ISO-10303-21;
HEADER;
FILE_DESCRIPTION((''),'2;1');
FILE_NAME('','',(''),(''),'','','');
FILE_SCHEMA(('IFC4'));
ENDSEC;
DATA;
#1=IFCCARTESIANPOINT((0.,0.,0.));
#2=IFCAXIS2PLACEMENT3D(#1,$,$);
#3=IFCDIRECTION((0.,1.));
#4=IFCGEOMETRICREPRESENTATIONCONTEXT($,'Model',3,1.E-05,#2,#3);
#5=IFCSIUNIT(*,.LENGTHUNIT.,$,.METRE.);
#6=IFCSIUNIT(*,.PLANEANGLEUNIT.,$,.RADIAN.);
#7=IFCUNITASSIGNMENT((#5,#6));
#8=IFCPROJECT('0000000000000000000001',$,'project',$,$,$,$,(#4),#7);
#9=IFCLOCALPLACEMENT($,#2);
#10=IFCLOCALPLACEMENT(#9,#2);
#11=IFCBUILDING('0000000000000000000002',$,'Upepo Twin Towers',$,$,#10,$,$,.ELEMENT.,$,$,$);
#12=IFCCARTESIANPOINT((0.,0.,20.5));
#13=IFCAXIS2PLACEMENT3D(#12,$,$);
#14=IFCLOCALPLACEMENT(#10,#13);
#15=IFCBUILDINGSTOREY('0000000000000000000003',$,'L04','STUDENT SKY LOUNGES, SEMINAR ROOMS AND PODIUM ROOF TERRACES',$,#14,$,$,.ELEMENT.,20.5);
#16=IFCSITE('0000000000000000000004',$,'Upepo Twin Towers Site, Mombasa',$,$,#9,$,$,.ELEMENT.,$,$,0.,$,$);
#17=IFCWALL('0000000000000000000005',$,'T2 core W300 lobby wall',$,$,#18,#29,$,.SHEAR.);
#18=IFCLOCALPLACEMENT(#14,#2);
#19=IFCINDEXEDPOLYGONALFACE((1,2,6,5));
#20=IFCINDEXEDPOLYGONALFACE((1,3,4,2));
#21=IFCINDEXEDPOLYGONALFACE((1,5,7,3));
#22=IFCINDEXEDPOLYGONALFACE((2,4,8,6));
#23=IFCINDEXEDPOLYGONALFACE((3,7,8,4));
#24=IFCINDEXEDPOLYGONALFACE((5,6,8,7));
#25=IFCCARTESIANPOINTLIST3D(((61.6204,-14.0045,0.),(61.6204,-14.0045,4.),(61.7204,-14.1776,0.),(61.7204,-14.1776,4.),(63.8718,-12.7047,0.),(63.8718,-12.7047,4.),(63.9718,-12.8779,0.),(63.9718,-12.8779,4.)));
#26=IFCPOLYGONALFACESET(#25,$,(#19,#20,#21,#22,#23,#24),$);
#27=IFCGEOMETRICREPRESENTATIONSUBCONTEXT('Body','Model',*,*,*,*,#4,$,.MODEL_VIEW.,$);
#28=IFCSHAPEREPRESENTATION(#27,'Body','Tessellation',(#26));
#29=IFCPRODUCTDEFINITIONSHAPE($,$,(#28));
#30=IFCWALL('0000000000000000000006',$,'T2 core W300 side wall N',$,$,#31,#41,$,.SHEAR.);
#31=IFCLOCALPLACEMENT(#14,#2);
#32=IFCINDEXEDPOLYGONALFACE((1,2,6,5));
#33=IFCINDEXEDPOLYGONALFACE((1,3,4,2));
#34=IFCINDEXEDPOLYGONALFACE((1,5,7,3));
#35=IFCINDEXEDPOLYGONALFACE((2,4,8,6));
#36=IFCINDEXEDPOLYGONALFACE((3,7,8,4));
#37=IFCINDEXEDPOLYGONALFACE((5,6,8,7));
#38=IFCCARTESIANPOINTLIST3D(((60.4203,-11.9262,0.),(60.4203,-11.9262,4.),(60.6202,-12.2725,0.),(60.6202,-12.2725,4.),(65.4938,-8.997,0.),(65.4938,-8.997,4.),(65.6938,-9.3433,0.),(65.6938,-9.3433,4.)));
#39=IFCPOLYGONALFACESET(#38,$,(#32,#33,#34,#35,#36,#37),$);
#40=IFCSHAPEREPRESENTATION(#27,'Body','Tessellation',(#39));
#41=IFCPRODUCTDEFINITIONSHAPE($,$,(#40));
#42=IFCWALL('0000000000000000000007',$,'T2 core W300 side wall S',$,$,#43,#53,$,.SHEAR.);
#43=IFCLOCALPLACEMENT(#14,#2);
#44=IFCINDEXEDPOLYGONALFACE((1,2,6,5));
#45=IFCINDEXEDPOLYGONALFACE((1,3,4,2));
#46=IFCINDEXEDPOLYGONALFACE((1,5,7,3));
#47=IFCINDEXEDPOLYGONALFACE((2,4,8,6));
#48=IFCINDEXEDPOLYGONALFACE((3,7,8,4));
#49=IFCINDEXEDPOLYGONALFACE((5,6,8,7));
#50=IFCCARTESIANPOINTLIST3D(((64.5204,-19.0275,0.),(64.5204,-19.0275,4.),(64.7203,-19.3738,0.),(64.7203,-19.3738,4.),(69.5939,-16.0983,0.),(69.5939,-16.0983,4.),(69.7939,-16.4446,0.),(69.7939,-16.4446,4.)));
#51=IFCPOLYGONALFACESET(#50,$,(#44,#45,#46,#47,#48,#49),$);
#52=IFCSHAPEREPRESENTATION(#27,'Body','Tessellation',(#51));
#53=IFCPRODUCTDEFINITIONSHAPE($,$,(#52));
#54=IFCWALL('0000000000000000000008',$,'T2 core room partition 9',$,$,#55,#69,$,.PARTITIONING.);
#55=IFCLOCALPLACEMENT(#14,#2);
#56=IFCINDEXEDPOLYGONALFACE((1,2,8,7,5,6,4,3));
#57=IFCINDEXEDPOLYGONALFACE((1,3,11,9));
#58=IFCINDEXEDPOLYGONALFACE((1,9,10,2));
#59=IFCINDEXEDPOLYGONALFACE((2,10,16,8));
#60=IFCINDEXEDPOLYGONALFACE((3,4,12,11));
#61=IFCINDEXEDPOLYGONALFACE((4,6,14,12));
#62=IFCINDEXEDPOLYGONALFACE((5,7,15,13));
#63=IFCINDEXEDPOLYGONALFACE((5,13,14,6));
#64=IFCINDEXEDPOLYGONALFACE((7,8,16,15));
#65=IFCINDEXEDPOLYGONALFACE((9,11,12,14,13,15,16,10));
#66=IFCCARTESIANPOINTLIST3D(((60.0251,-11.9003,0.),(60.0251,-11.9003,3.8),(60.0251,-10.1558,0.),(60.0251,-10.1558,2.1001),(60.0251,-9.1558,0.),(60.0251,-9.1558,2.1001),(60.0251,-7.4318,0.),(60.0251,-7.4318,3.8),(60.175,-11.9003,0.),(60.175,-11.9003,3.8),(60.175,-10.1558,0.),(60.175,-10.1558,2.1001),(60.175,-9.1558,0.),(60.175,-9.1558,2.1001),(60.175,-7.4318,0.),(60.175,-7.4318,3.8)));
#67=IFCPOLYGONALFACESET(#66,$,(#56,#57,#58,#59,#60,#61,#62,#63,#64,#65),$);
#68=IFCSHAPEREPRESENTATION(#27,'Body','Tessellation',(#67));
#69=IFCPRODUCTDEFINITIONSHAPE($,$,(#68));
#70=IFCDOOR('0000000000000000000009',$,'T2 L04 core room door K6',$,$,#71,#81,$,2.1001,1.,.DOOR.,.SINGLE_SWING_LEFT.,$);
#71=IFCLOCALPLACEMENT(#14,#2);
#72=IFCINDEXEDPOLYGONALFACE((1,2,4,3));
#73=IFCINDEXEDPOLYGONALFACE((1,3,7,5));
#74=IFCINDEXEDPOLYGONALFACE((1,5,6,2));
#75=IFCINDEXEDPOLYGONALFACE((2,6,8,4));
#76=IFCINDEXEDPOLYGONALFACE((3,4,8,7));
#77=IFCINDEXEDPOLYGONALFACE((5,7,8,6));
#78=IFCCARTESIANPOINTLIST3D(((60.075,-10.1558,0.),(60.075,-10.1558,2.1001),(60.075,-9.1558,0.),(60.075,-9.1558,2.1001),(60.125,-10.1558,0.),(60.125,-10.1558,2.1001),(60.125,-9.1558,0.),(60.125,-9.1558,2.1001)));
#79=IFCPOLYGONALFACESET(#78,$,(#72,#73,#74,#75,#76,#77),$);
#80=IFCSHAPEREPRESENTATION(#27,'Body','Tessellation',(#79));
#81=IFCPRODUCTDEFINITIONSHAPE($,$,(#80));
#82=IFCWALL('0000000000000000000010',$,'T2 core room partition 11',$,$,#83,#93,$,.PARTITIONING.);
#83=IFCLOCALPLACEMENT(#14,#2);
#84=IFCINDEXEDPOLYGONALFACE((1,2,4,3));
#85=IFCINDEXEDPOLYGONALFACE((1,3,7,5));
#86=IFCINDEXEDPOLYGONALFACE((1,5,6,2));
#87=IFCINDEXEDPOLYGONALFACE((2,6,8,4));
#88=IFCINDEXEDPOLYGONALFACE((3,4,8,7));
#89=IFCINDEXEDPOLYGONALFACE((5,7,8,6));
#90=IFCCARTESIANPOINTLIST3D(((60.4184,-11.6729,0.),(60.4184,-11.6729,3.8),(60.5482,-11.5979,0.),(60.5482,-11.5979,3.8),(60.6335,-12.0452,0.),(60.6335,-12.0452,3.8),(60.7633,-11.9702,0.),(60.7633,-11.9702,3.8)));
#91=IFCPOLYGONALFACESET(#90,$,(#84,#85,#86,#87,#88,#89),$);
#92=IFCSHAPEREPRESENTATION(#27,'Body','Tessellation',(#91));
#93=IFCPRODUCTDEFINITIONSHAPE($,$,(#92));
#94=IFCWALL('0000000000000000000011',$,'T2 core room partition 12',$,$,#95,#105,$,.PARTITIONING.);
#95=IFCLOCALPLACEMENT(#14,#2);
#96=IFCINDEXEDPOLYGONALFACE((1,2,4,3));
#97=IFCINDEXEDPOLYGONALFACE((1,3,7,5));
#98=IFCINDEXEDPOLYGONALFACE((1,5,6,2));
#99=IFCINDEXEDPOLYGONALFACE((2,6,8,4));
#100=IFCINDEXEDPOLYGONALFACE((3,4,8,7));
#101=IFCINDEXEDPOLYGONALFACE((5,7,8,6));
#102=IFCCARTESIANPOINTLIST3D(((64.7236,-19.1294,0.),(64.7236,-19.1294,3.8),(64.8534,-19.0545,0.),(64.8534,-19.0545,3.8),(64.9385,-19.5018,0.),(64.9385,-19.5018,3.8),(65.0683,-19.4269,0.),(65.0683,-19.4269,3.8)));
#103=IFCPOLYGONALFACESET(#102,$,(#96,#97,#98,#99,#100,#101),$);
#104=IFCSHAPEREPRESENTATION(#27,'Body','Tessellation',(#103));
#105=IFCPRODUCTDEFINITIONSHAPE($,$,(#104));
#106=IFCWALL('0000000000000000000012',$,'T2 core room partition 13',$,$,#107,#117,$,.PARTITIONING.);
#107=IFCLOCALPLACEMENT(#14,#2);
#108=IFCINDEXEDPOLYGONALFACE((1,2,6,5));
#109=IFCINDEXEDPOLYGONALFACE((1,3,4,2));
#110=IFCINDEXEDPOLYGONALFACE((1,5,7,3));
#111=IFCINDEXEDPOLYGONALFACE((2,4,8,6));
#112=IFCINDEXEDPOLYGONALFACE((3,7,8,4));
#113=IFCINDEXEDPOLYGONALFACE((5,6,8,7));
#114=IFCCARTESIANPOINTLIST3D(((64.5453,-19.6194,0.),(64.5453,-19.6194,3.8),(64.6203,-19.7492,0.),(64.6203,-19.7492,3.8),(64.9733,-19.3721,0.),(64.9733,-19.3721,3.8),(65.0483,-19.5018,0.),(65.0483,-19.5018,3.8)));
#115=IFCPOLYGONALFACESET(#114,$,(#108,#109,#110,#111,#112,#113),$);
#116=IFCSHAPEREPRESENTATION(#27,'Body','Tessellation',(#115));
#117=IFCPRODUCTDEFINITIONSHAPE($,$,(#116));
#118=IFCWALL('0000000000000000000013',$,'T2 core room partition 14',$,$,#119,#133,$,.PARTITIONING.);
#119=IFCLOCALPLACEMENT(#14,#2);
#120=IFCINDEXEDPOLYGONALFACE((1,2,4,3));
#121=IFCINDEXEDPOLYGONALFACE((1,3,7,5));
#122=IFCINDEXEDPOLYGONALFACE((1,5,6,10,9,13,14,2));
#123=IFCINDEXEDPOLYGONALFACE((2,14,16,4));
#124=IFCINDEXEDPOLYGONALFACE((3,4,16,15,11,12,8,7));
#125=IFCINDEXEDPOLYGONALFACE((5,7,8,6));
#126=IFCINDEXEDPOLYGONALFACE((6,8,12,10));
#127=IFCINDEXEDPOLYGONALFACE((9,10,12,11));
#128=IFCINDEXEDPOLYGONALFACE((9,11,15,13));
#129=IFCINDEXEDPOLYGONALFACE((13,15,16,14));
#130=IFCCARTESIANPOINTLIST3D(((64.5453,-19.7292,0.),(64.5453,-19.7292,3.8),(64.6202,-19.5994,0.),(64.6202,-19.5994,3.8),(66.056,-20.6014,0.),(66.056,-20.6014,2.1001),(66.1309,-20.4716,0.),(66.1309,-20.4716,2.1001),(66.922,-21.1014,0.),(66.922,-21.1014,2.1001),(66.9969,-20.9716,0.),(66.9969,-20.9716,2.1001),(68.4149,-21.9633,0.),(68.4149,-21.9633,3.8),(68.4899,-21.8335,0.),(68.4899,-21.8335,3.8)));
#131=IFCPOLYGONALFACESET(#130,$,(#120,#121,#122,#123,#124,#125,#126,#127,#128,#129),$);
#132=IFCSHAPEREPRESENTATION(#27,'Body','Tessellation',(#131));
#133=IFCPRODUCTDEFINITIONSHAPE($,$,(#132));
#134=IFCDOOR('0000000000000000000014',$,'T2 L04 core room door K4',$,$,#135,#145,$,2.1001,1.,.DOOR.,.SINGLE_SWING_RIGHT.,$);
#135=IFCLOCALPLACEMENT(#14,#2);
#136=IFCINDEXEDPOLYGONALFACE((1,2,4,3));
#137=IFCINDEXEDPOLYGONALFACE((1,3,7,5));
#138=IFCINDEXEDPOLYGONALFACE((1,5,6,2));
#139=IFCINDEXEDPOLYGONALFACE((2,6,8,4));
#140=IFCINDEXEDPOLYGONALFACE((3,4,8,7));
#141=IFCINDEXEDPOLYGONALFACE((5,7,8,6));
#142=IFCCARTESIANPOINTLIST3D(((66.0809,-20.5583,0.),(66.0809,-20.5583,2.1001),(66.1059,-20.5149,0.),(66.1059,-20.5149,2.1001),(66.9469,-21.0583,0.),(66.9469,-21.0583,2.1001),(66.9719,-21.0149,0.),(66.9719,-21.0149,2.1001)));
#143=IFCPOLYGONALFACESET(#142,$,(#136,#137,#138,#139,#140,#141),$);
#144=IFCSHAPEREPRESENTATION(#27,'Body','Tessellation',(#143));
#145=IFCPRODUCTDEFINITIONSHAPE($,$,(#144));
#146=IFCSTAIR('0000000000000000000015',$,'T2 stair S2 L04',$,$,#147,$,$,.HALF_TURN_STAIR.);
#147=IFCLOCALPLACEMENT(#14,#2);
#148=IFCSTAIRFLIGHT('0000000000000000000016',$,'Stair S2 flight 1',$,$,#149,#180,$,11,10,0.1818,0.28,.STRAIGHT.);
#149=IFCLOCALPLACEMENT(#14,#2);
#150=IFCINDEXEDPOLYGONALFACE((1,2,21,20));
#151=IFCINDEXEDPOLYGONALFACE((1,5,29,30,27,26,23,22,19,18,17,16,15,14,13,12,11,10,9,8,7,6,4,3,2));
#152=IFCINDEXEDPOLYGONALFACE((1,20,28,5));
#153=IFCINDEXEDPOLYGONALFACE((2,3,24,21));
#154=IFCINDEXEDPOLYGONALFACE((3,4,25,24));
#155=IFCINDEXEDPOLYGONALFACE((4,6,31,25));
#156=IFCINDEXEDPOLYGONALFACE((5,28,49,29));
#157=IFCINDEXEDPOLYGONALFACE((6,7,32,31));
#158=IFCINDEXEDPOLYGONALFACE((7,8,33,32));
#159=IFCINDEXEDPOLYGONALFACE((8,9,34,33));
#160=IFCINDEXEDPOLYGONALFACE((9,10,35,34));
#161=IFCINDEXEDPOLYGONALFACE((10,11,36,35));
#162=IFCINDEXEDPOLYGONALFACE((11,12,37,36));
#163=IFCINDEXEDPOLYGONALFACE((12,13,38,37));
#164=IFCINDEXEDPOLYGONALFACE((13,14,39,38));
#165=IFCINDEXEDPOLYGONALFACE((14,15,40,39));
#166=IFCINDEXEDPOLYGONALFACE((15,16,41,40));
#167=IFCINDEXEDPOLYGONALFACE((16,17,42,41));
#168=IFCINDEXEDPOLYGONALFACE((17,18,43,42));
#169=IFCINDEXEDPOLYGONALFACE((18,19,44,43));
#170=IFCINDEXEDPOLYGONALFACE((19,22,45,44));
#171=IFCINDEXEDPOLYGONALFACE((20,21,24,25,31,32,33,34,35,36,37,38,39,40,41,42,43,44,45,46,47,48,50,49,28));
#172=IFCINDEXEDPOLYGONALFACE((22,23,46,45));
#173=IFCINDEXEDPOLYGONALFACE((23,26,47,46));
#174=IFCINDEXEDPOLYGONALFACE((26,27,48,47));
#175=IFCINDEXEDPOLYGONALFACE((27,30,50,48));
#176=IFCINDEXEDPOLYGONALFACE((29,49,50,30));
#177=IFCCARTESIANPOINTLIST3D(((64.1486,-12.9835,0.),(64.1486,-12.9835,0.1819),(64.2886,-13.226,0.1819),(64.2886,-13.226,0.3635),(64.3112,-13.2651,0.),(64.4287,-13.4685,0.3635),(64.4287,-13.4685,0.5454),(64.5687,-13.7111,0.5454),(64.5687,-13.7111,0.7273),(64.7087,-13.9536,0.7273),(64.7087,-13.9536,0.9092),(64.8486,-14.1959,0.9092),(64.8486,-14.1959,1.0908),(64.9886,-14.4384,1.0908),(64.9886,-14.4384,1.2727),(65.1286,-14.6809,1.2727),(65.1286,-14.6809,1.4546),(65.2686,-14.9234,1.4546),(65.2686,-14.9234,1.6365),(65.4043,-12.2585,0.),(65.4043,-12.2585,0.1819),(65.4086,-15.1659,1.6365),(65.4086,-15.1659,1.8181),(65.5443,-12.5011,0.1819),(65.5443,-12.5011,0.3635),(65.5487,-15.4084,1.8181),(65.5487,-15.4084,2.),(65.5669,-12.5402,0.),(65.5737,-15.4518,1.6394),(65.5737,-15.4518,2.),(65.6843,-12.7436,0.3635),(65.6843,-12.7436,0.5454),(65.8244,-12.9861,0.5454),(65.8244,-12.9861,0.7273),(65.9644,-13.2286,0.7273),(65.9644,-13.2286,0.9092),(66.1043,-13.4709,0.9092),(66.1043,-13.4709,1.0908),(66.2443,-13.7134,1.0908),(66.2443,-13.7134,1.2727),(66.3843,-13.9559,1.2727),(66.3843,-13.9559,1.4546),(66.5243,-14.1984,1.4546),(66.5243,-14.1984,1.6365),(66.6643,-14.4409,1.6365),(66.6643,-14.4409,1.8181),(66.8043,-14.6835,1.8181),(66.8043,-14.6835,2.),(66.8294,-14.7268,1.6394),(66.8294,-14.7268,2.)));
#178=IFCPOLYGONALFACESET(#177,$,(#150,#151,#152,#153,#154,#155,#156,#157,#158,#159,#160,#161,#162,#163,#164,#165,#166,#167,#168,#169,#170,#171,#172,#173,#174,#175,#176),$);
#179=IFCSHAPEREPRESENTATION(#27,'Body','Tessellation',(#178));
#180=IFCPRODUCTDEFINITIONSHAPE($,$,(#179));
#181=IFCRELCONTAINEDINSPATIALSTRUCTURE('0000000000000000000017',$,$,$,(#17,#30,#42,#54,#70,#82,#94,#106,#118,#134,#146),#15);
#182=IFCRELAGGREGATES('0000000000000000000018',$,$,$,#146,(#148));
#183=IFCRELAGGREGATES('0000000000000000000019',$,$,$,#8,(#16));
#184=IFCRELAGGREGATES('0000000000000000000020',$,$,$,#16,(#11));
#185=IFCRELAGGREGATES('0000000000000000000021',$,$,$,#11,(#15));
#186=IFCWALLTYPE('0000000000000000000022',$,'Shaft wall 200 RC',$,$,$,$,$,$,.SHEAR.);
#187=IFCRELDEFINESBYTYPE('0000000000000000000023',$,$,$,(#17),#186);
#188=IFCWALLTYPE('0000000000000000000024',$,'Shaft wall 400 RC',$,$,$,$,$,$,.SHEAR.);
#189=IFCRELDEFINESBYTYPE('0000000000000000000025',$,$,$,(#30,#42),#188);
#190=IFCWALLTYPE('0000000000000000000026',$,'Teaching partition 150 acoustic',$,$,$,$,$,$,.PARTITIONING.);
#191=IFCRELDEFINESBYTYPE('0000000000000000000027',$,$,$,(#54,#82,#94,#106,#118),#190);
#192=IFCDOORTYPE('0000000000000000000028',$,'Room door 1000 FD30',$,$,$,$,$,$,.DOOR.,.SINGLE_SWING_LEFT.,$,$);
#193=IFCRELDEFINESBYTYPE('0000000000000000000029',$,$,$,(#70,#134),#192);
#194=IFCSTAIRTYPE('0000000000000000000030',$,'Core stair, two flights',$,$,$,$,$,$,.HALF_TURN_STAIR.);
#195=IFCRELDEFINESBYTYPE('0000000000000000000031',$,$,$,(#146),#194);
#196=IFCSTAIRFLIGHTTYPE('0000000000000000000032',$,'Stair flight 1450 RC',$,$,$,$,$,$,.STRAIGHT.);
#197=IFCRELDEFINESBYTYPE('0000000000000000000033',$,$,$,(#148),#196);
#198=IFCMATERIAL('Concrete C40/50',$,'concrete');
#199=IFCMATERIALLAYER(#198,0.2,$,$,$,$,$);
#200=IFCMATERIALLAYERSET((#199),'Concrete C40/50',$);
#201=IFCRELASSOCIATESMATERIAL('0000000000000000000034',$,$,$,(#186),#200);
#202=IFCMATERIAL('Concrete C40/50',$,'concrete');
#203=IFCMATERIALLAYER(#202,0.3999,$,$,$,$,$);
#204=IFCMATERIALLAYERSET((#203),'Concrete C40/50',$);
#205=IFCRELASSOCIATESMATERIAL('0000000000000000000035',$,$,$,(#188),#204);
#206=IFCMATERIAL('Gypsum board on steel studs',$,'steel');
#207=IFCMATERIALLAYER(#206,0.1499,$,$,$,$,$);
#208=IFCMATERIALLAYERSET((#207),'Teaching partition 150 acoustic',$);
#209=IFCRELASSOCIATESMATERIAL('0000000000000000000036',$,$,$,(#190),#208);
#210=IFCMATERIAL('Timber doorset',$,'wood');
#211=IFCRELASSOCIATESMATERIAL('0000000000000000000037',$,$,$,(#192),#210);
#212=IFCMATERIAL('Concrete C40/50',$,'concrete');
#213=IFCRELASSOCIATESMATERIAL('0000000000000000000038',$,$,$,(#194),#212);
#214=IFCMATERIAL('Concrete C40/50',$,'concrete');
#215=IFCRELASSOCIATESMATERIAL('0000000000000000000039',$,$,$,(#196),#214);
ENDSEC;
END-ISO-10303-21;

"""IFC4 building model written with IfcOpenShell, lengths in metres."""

from ifc_helpers import new_model, si_unit, direction, frame, frame_2d, origin, place, context, subcontext, project, spatial, polyline, rectangle, outline, extrude, material, layer, layer_set, type_object, element, fill, aggregate, save


model = new_model("IFC4")

# Units and contexts
model_context = context("Model", 3, precision=1e-05, world=origin(), true_north=direction((0.0, 1.0)))
body_context = subcontext(model_context, "Body", "Model", "MODEL_VIEW")
ifc_project = project(units=[si_unit("LENGTHUNIT", "METRE"), si_unit("PLANEANGLEUNIT", "RADIAN")], contexts=[model_context])

# Site, building, storey
site_placement = place(None, origin())
site = spatial("IfcSite", under=ifc_project, at=site_placement, Name="Upepo Twin Towers Site, Mombasa", CompositionType="ELEMENT", RefElevation=0.0)
building_placement = place(site_placement, origin())
building = spatial("IfcBuilding", under=site, at=building_placement, Name="Upepo Twin Towers", CompositionType="ELEMENT")
storey_placement = place(building_placement, frame((0.0, 0.0, 20.5)))
storey = spatial("IfcBuildingStorey", under=building, at=storey_placement, Name="L04", Description="STUDENT SKY LOUNGES, SEMINAR ROOMS AND PODIUM ROOF TERRACES", CompositionType="ELEMENT", Elevation=20.5)

# Shared definitions
ifc_material_1 = material(Name="Concrete C40/50", Category="concrete")
ifc_layer_1 = layer(ifc_material_1, 0.2)
ifc_layer_set_1 = layer_set([ifc_layer_1], Name="Concrete C40/50")
wall_type_1 = type_object("IfcWallType", Name="Shaft wall 200 RC", PredefinedType="SHEAR", material=ifc_layer_set_1)

# Walls
wall_1_placement = place(storey_placement, frame((61.6704, -14.0911, 0.0), z_axis=(0.0, 0.0, 1.0), x_axis=(0.866039, 0.499977, 0.0)))
element("IfcWall", 1, at=wall_1_placement, inside=storey, type_object=wall_type_1, Name="T2 core W300 lobby wall", PredefinedType="SHEAR", context=body_context, shape_type="SweptSolid", body=[
    extrude(rectangle(XDim=2.5996, YDim=0.2, at=frame_2d((1.2998, 0.0))), origin(), (0.0, 0.0, 1.0), 4.0),
])
ifc_material_2 = material(Name="Concrete C40/50", Category="concrete")
ifc_layer_2 = layer(ifc_material_2, 0.3999)
ifc_layer_set_2 = layer_set([ifc_layer_2], Name="Concrete C40/50")
wall_type_2 = type_object("IfcWallType", Name="Shaft wall 400 RC", PredefinedType="SHEAR", material=ifc_layer_set_2)
for number, where, z_axis, x_axis, name in (
    (2, (60.5203, -12.0994, 0.0), (0.0, 0.0, 1.0), (0.866024, 0.500003, 0.0), "T2 core W300 side wall N"),
    (3, (64.6204, -19.2007, 0.0), (0.0, 0.0, 1.0), (0.866024, 0.500003, 0.0), "T2 core W300 side wall S"),
):
    element("IfcWall", number, at=place(storey_placement, frame(where, z_axis=z_axis, x_axis=x_axis)), inside=storey, type_object=wall_type_2, Name=name, PredefinedType="SHEAR", context=body_context, shape_type="SweptSolid", body=[
        extrude(rectangle(XDim=5.8584, YDim=0.3999, at=frame_2d((2.9292, 0.0))), origin(), (0.0, 0.0, 1.0), 4.0),
    ])

# Wall, opening, door
ifc_material_3 = material(Name="Gypsum board on steel studs", Category="steel")
ifc_layer_3 = layer(ifc_material_3, 0.1499)
ifc_layer_set_3 = layer_set([ifc_layer_3], Name="Teaching partition 150 acoustic")
wall_type_3 = type_object("IfcWallType", Name="Teaching partition 150 acoustic", PredefinedType="PARTITIONING", material=ifc_layer_set_3)
wall_2_placement = place(storey_placement, frame((60.1001, -7.4316, 0.0), z_axis=(0.0, 0.0, 1.0), x_axis=(0.0, -1.0, 0.0)))
wall_2 = element("IfcWall", 4, at=wall_2_placement, inside=storey, type_object=wall_type_3, Name="T2 core room partition 9", PredefinedType="PARTITIONING", context=body_context, shape_type="SweptSolid", body=[
    extrude(rectangle(XDim=4.4685, YDim=0.1499, at=frame_2d((2.2344, 0.0))), origin(), (0.0, 0.0, 1.0), 3.8),
])
opening_1_placement = place(wall_2_placement, frame((1.7241, 0.0, 0.0)))
opening_1 = element("IfcOpeningElement", 5, at=opening_1_placement, cuts=wall_2, PredefinedType="OPENING", context=body_context, shape_type="SweptSolid", body=[
    extrude(rectangle(XDim=1.0, YDim=2.1001, at=frame_2d((0.5, 1.05))), frame((0.0, 0.085, 0.0), z_axis=(0.0, -1.0, 0.0), x_axis=(1.0, 0.0, 0.0)), (0.0, 0.0, 1.0), 0.1699),
])
ifc_material_4 = material(Name="Timber doorset", Category="wood")
door_type_1 = type_object("IfcDoorType", Name="Room door 1000 FD30", OperationType="SINGLE_SWING_LEFT", PredefinedType="DOOR", material=ifc_material_4)
door_1_placement = place(opening_1_placement, origin())
door_1 = element("IfcDoor", 6, at=door_1_placement, inside=storey, type_object=door_type_1, Name="T2 L04 core room door K6", OperationType="SINGLE_SWING_LEFT", OverallHeight=2.1001, OverallWidth=1.0, PredefinedType="DOOR", context=body_context, shape_type="SweptSolid", body=[
    extrude(rectangle(XDim=1.0, YDim=2.1001, at=frame_2d((0.5, 1.05))), frame((0.0, 0.0249, 0.0), z_axis=(0.0, -1.0, 0.0), x_axis=(1.0, 0.0, 0.0)), (0.0, 0.0, 1.0), 0.05),
])
fill(opening_1, door_1)

# Walls
for number, where, z_axis, x_axis, name in (
    (7, (60.4834, -11.6355, 0.0), (0.0, 0.0, 1.0), (0.50023, -0.865892, 0.0), "T2 core room partition 11"),
    (8, (64.7886, -19.092, 0.0), (0.0, 0.0, 1.0), (0.499804, -0.866138, 0.0), "T2 core room partition 12"),
):
    element("IfcWall", number, at=place(storey_placement, frame(where, z_axis=z_axis, x_axis=x_axis)), inside=storey, type_object=wall_type_3, Name=name, PredefinedType="PARTITIONING", context=body_context, shape_type="SweptSolid", body=[
        extrude(rectangle(XDim=0.4299, YDim=0.1499, at=frame_2d((0.2148, 0.0))), origin(), (0.0, 0.0, 1.0), 3.8),
    ])
wall_3_placement = place(storey_placement, frame((65.0107, -19.437, 0.0), z_axis=(0.0, 0.0, 1.0), x_axis=(-0.865832, -0.500335, 0.0)))
element("IfcWall", 9, at=wall_3_placement, inside=storey, type_object=wall_type_3, Name="T2 core room partition 13", PredefinedType="PARTITIONING", context=body_context, shape_type="SweptSolid", body=[
    extrude(rectangle(XDim=0.4944, YDim=0.1499, at=frame_2d((0.2471, 0.0))), origin(), (0.0, 0.0, 1.0), 3.8),
])

# Wall, opening, door
wall_4_placement = place(storey_placement, frame((64.5828, -19.6643, 0.0), z_axis=(0.0, 0.0, 1.0), x_axis=(0.866025, -0.5, 0.0)))
wall_4 = element("IfcWall", 10, at=wall_4_placement, inside=storey, type_object=wall_type_3, Name="T2 core room partition 14", PredefinedType="PARTITIONING", context=body_context, shape_type="SweptSolid", body=[
    extrude(rectangle(XDim=4.4683, YDim=0.1499, at=frame_2d((2.2341, 0.0))), origin(), (0.0, 0.0, 1.0), 3.8),
])
opening_2_placement = place(wall_4_placement, frame((1.7444, 0.0, 0.0)))
opening_2 = element("IfcOpeningElement", 11, at=opening_2_placement, cuts=wall_4, PredefinedType="OPENING", context=body_context, shape_type="SweptSolid", body=[
    extrude(rectangle(XDim=1.0, YDim=2.1001, at=frame_2d((0.5, 1.05))), frame((0.0, 0.085, 0.0), z_axis=(0.0, -1.0, 0.0), x_axis=(1.0, 0.0, 0.0)), (0.0, 0.0, 1.0), 0.1699),
])
door_2_placement = place(opening_2_placement, origin())
door_2 = element("IfcDoor", 12, at=door_2_placement, inside=storey, type_object=door_type_1, Name="T2 L04 core room door K4", OperationType="SINGLE_SWING_RIGHT", OverallHeight=2.1001, OverallWidth=1.0, PredefinedType="DOOR", context=body_context, shape_type="SweptSolid", body=[
    extrude(rectangle(XDim=1.0, YDim=2.1001, at=frame_2d((0.5, 1.05))), frame((0.0, 0.0249, 0.0), z_axis=(0.0, -1.0, 0.0), x_axis=(1.0, 0.0, 0.0)), (0.0, 0.0, 1.0), 0.05),
])
fill(opening_2, door_2)

# Stair, stair flight
ifc_material_5 = material(Name="Concrete C40/50", Category="concrete")
stair_type = type_object("IfcStairType", Name="Core stair, two flights", PredefinedType="HALF_TURN_STAIR", material=ifc_material_5)
stair_placement = place(storey_placement, origin())
stair = element("IfcStair", 13, at=stair_placement, inside=storey, type_object=stair_type, Name="T2 stair S2 L04", PredefinedType="HALF_TURN_STAIR")
ifc_material_6 = material(Name="Concrete C40/50", Category="concrete")
stair_flight_type = type_object("IfcStairFlightType", Name="Stair flight 1450 RC", PredefinedType="STRAIGHT", material=ifc_material_6)
stair_flight_placement = place(storey_placement, frame((64.7764, -12.6211, 0.0), z_axis=(0.0, 0.0, 1.0), x_axis=(0.5, -0.866025, 0.0)))
stair_flight = element("IfcStairFlight", 14, at=stair_flight_placement, type_object=stair_flight_type, Name="Stair S2 flight 1", NumberOfRisers=11, NumberOfTreads=10, PredefinedType="STRAIGHT", RiserHeight=0.1818, TreadLength=0.28, context=body_context, shape_type="SweptSolid", body=[
    extrude(outline(polyline([(0.0, 0.0), (0.0, 0.1819), (0.28, 0.1819), (0.28, 0.3635), (0.5601, 0.3635), (0.5601, 0.5454), (0.8401, 0.5454), (0.8401, 0.7273), (1.1201, 0.7273), (1.1201, 0.9092), (1.3999, 0.9092), (1.3999, 1.0908), (1.6799, 1.0908), (1.6799, 1.2727), (1.96, 1.2727), (1.96, 1.4546), (2.24, 1.4546), (2.24, 1.6365), (2.52, 1.6365), (2.52, 1.8181), (2.8, 1.8181), (2.8, 2.0), (2.8501, 2.0), (2.8501, 1.6394), (0.3252, 0.0), (0.0, 0.0)])), frame((0.0, 0.7251, 0.0), z_axis=(0.0, -1.0, 0.0), x_axis=(1.0, 0.0, 0.0)), (0.0, 0.0, 1.0), 1.45),
])
aggregate(stair, [stair_flight])

save(model, "model.ifc")
